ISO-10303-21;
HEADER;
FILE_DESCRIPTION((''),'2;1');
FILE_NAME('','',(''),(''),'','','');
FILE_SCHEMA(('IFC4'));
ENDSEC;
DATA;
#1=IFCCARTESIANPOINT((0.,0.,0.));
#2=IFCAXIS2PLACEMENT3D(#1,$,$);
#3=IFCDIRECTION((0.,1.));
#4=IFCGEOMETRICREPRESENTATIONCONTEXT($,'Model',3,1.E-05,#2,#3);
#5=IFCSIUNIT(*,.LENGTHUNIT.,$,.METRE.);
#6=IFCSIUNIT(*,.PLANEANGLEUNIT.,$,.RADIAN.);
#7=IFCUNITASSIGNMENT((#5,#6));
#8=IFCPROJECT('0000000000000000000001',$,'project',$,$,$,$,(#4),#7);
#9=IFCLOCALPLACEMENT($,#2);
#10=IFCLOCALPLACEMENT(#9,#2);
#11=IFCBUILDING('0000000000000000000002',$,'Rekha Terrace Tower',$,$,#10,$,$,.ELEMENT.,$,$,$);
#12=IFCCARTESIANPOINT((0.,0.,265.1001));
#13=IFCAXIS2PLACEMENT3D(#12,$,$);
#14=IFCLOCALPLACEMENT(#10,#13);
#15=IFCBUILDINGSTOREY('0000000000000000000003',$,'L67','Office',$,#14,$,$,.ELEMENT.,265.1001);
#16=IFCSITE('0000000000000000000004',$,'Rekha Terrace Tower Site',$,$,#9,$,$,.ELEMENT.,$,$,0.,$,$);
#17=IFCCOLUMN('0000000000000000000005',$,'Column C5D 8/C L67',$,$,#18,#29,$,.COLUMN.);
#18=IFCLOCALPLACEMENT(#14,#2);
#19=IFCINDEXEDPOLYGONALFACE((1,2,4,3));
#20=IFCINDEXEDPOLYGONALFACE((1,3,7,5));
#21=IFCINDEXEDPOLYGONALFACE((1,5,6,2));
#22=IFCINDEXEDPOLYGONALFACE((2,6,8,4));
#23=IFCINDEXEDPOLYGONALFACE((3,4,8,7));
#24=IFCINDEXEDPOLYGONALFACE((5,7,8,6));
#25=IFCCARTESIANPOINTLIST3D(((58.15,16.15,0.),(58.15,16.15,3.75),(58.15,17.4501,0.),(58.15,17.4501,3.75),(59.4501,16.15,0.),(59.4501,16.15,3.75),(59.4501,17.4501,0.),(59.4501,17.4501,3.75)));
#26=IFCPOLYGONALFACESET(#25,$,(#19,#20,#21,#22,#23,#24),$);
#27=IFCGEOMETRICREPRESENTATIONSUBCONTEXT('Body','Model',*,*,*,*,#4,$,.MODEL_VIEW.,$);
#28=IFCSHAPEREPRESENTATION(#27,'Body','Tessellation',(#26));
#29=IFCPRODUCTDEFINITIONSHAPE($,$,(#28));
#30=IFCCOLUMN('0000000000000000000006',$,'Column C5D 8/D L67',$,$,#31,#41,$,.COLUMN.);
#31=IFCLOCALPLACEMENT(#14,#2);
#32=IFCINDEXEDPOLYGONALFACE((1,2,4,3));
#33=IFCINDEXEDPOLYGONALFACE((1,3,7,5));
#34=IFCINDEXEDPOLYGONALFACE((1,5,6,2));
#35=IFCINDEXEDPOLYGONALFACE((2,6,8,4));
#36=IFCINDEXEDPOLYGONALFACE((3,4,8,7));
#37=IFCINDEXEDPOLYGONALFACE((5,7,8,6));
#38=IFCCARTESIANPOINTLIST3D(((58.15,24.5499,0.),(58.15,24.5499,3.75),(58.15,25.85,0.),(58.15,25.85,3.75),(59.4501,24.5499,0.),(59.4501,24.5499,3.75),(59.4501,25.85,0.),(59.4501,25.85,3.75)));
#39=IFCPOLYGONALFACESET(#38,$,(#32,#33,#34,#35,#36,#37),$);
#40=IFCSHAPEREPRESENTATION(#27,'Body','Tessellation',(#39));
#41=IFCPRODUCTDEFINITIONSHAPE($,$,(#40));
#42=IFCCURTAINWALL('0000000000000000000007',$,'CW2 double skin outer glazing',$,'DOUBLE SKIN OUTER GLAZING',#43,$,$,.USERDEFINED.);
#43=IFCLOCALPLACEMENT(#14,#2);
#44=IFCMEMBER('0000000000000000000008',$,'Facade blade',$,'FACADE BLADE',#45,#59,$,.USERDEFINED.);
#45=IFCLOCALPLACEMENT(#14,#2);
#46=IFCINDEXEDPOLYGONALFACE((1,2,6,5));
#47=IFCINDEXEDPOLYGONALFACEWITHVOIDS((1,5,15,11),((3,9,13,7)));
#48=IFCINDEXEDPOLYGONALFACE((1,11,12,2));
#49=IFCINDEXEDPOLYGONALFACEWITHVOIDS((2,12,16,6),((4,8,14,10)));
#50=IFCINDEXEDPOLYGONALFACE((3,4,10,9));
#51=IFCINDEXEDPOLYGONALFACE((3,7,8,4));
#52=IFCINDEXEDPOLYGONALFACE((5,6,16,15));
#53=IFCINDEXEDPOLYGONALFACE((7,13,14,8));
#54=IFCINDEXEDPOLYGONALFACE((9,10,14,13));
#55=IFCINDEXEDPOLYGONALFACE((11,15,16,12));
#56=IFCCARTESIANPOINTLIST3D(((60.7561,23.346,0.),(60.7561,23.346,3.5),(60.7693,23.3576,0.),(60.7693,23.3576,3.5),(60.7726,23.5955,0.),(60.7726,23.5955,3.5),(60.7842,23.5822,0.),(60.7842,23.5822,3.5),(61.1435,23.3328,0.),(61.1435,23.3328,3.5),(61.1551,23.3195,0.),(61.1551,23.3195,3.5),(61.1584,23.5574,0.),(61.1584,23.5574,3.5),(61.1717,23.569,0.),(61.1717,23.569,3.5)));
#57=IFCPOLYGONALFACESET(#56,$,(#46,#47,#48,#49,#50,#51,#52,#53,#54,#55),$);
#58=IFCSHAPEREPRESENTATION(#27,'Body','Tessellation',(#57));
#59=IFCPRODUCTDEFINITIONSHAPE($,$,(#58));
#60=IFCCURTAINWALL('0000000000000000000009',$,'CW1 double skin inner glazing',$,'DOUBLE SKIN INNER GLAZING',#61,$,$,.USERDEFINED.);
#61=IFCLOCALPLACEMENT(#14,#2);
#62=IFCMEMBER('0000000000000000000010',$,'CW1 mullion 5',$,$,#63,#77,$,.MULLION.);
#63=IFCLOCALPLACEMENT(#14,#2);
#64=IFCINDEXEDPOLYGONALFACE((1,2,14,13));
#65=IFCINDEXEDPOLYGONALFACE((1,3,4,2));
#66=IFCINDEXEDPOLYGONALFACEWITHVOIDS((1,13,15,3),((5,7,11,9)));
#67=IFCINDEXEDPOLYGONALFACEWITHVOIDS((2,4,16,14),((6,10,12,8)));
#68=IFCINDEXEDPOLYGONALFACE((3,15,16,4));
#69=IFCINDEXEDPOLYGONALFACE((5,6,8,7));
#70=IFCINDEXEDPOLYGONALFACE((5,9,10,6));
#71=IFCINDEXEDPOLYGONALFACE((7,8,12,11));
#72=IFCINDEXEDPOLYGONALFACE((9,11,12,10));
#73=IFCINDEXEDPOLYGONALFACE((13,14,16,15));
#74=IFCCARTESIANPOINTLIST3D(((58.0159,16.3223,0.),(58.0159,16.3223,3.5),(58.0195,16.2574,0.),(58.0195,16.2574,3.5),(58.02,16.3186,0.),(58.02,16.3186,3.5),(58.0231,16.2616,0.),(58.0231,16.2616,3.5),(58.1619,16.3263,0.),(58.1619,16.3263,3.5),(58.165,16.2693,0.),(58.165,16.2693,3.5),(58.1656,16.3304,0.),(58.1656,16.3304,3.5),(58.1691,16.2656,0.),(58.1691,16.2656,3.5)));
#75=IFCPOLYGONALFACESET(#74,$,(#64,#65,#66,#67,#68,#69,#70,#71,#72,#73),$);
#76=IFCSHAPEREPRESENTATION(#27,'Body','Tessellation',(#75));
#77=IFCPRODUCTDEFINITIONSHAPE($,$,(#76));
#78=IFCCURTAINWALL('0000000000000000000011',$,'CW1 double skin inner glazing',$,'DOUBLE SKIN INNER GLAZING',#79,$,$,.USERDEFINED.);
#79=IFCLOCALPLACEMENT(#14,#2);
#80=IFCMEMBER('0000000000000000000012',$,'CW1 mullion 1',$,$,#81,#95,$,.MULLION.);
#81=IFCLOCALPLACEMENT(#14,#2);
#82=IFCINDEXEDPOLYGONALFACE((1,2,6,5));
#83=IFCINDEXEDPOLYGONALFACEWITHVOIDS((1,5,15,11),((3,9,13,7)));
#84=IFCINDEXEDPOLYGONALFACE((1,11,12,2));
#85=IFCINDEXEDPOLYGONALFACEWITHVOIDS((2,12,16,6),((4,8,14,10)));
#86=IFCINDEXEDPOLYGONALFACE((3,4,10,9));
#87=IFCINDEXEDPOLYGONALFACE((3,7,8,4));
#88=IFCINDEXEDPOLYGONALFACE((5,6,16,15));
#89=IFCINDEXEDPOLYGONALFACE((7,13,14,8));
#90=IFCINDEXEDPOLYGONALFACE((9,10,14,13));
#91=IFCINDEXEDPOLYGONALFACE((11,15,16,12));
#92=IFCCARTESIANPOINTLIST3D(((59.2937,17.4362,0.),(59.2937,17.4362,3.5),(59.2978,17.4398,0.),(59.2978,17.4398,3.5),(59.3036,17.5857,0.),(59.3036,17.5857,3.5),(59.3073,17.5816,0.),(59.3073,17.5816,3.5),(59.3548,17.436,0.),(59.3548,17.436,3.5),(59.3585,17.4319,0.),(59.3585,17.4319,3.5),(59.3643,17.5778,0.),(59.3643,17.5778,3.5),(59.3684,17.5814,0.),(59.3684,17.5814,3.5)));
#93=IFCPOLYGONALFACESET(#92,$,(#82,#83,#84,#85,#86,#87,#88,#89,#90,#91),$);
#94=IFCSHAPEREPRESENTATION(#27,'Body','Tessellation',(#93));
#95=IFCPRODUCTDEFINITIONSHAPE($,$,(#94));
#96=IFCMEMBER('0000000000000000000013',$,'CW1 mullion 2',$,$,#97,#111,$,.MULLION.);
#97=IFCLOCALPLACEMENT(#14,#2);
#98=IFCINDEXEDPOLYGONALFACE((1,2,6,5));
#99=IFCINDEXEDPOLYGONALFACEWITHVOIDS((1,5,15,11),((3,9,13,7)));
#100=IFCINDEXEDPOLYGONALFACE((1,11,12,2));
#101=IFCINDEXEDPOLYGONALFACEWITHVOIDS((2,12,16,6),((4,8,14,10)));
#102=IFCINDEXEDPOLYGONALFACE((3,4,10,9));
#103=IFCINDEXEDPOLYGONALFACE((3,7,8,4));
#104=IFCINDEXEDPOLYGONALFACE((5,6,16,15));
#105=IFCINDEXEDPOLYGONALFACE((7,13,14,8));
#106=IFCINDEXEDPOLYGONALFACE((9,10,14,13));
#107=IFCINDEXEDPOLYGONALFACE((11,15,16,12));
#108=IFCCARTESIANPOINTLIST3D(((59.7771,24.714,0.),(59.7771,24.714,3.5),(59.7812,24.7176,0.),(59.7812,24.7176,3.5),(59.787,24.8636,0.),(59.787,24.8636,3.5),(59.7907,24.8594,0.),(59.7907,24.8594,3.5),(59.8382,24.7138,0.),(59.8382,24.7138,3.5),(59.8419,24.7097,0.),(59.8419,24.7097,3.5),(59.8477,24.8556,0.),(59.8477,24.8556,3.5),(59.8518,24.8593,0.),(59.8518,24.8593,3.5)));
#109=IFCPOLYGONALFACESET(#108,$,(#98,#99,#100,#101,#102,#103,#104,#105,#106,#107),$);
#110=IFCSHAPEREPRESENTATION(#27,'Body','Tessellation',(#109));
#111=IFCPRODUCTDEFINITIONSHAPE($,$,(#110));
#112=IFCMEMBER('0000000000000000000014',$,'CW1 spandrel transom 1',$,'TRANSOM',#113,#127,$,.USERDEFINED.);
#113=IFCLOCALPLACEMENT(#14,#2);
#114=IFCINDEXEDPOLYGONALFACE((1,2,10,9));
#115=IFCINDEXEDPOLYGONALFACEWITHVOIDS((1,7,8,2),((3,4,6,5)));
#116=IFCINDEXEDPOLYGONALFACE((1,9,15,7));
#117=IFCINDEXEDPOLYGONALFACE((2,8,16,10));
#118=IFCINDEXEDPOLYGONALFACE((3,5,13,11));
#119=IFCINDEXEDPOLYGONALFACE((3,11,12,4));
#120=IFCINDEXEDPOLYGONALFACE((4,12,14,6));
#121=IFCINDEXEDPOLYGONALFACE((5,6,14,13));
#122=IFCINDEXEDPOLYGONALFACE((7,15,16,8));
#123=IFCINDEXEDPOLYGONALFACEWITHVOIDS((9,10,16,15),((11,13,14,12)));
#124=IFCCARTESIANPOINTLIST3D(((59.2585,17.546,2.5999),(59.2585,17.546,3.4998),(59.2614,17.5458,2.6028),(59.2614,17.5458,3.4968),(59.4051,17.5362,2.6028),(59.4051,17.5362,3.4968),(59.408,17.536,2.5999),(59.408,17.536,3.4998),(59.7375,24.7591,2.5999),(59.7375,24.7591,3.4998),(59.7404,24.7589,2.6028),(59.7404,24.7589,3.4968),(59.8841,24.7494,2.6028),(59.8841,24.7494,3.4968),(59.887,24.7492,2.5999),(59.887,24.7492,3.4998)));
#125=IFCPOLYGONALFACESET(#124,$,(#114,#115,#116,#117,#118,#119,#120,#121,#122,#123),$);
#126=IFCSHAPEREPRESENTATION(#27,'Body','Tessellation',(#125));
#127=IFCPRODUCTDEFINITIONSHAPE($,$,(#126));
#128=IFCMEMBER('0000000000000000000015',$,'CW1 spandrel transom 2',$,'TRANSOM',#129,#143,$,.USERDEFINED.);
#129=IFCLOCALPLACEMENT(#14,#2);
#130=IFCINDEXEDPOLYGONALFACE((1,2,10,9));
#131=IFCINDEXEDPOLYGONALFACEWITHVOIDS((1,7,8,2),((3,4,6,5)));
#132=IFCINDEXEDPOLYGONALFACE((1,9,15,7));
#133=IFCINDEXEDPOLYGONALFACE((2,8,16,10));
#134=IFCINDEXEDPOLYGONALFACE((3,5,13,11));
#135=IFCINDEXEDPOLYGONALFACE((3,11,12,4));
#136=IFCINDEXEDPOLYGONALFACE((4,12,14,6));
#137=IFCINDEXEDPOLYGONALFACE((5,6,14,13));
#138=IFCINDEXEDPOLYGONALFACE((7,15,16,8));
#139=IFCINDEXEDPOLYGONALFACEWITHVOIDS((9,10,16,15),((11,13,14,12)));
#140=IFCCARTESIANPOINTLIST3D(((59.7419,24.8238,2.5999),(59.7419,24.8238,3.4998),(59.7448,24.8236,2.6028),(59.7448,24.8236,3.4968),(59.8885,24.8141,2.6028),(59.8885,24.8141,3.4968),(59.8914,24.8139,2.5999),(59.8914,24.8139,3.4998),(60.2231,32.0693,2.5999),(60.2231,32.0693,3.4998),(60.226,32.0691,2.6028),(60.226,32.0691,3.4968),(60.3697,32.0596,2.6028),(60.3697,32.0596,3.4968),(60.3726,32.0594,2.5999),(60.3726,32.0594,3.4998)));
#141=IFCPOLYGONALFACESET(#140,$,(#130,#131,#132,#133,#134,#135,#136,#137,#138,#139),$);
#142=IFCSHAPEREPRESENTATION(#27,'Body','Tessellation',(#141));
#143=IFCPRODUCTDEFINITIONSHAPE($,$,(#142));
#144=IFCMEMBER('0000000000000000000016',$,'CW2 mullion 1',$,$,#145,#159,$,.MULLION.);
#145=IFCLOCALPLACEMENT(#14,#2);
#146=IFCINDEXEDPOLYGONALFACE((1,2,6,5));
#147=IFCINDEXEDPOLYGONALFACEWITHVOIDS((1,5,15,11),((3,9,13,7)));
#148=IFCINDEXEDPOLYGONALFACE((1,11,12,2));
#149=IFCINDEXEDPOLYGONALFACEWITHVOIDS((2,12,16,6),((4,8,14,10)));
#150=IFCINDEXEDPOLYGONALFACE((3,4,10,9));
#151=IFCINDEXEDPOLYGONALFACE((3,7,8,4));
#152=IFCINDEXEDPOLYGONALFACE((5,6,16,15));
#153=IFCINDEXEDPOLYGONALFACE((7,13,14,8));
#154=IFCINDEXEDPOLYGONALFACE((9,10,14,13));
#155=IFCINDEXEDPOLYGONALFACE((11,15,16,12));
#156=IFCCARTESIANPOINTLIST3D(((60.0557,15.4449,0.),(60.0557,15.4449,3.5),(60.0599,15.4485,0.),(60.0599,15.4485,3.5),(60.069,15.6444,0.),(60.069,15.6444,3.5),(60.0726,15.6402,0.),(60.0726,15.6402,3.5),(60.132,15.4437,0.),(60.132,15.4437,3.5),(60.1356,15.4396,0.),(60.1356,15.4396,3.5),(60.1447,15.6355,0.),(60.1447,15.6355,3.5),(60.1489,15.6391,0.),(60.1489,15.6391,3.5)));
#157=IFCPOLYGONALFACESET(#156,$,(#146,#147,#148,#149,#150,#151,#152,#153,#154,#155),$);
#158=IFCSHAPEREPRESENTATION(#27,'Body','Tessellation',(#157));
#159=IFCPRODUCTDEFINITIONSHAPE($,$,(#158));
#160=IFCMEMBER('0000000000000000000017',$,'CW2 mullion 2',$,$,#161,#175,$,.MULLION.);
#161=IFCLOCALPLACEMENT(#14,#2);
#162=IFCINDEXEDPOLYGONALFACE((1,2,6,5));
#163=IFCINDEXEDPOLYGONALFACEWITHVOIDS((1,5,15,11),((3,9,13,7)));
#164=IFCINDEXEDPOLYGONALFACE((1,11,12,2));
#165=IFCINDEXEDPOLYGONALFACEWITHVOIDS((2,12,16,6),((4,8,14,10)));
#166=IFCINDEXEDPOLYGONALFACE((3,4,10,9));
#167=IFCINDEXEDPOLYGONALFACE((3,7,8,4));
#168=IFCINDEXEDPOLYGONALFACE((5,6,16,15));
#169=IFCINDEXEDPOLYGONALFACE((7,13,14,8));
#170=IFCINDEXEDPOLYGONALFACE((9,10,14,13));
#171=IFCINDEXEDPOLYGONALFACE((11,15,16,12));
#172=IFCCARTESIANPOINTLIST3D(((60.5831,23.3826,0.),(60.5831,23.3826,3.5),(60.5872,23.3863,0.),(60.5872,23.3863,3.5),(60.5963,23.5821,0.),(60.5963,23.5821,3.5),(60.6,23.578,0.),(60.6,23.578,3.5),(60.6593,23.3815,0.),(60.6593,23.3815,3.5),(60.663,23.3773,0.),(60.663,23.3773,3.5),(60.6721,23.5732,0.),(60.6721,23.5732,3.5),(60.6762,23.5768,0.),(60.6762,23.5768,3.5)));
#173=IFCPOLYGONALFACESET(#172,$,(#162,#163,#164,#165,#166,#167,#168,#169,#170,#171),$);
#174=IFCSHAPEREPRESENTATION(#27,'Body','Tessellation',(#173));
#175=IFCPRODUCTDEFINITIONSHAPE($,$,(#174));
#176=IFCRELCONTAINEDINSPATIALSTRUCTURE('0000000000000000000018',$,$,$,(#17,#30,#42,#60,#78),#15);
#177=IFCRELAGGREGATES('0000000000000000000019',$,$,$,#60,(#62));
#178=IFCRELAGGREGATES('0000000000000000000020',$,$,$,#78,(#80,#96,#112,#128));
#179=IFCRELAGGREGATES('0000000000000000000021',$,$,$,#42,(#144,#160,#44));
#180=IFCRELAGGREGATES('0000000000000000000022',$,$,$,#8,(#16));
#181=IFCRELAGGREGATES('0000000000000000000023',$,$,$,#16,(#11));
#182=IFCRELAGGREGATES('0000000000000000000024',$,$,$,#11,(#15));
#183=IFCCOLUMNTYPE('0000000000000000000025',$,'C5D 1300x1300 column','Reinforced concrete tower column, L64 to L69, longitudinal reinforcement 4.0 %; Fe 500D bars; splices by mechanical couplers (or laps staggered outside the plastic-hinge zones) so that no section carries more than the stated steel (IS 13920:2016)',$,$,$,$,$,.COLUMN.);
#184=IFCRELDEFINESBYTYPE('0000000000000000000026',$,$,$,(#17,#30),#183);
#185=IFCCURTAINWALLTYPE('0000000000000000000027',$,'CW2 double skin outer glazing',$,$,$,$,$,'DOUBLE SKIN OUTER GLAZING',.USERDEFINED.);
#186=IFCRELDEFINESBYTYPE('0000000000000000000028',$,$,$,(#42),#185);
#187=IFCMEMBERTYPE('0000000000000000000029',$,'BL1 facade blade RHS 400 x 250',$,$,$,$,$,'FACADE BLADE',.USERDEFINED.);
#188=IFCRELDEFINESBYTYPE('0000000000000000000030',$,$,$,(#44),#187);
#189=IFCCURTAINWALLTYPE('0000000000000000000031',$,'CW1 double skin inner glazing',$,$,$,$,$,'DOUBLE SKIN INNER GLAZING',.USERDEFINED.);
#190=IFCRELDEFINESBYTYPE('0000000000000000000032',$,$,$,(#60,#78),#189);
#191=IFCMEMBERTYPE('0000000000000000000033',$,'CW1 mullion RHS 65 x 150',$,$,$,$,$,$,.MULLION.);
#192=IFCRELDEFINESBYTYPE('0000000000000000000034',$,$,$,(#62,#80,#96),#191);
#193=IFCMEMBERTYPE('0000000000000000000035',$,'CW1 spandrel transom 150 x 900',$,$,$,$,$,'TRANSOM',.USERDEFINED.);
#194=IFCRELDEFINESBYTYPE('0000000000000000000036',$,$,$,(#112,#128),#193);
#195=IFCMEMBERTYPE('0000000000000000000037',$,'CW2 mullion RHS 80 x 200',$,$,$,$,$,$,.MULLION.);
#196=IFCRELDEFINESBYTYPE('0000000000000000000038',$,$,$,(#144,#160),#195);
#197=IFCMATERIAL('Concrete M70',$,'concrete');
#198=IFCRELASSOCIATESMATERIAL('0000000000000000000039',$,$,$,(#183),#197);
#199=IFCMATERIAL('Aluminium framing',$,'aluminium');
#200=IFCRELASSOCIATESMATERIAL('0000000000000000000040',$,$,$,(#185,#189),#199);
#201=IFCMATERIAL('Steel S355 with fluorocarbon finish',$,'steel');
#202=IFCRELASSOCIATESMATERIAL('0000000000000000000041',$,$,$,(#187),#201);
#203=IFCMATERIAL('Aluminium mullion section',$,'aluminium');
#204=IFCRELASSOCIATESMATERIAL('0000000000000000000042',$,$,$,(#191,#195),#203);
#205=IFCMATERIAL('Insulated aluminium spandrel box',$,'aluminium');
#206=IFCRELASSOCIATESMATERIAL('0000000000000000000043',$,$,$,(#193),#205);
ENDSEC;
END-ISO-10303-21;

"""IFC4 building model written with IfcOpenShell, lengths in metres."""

from ifc_helpers import new_model, si_unit, direction, frame, origin, origin_2d, place, context, subcontext, project, spatial, rectangle, hollow_rectangle, extrude, material, material_profile, profile_set, type_object, element, aggregate, save


model = new_model("IFC4")

# Units and contexts
model_context = context("Model", 3, precision=1e-05, world=origin(), true_north=direction((0.0, 1.0)))
body_context = subcontext(model_context, "Body", "Model", "MODEL_VIEW")
ifc_project = project(units=[si_unit("LENGTHUNIT", "METRE"), si_unit("PLANEANGLEUNIT", "RADIAN")], contexts=[model_context])

# Site, building, storey
site_placement = place(None, origin())
site = spatial("IfcSite", under=ifc_project, at=site_placement, Name="Rekha Terrace Tower Site", CompositionType="ELEMENT", RefElevation=0.0)
building_placement = place(site_placement, origin())
building = spatial("IfcBuilding", under=site, at=building_placement, Name="Rekha Terrace Tower", CompositionType="ELEMENT")
storey_placement = place(building_placement, frame((0.0, 0.0, 265.1001)))
storey = spatial("IfcBuildingStorey", under=building, at=storey_placement, Name="L67", Description="Office", CompositionType="ELEMENT", Elevation=265.1001)

# Columns
ifc_material_1 = material(Name="Concrete M70", Category="concrete")
ifc_material_profile_1 = material_profile(ifc_material_1, rectangle(XDim=1.3, YDim=1.3, at=origin_2d()), Name="RC 1300x1300")
ifc_profile_set_1 = profile_set([ifc_material_profile_1], Name="Concrete M70")
column_type = type_object("IfcColumnType", Name="C5D 1300x1300 column", Description="Reinforced concrete tower column, L64 to L69, longitudinal reinforcement 4.0 %; Fe 500D bars; splices by mechanical couplers (or laps staggered outside the plastic-hinge zones) so that no section carries more than the stated steel (IS 13920:2016)", PredefinedType="COLUMN", material=ifc_profile_set_1)
for number, where, z_axis, x_axis, name in (
    (1, (58.8, 16.8, 0.0), (0.0, 0.0, 1.0), (1.0, 0.0, 0.0), "Column C5D 8/C L67"),
    (2, (58.8, 25.2, 0.0), (0.0, 0.0, 1.0), (1.0, 0.0, 0.0), "Column C5D 8/D L67"),
):
    element("IfcColumn", number, at=place(storey_placement, frame(where, z_axis=z_axis, x_axis=x_axis)), inside=storey, type_object=column_type, Name=name, PredefinedType="COLUMN", context=body_context, shape_type="SweptSolid", body=[
        extrude(rectangle(XDim=1.3, YDim=1.3, at=origin_2d()), origin(), (0.0, 0.0, 1.0), 3.75),
    ])

# Curtain walls, members
ifc_material_2 = material(Name="Aluminium framing", Category="aluminium")
curtain_wall_type_1 = type_object("IfcCurtainWallType", Name="CW2 double skin outer glazing", ElementType="DOUBLE SKIN OUTER GLAZING", PredefinedType="USERDEFINED", material=ifc_material_2)
curtain_wall_1_placement = place(storey_placement, origin())
curtain_wall_1 = element("IfcCurtainWall", 3, at=curtain_wall_1_placement, inside=storey, type_object=curtain_wall_type_1, Name="CW2 double skin outer glazing", ObjectType="DOUBLE SKIN OUTER GLAZING", PredefinedType="USERDEFINED")
ifc_material_3 = material(Name="Steel S355 with fluorocarbon finish", Category="steel")
ifc_material_profile_2 = material_profile(ifc_material_3, hollow_rectangle(XDim=0.25, YDim=0.3999, WallThickness=0.0125, at=origin_2d()), Name="RHS400x250x12.5")
ifc_profile_set_2 = profile_set([ifc_material_profile_2], Name="Steel S355 with fluorocarbon finish")
member_type_1 = type_object("IfcMemberType", Name="BL1 facade blade RHS 400 x 250", ElementType="FACADE BLADE", PredefinedType="USERDEFINED", material=ifc_profile_set_2)
member_1_placement = place(storey_placement, frame((60.9639, 23.4575, 0.0), z_axis=(0.0, 0.0, 1.0), x_axis=(0.066272, 0.997802, 0.0)))
member_1 = element("IfcMember", 4, at=member_1_placement, type_object=member_type_1, Name="Facade blade", ObjectType="FACADE BLADE", PredefinedType="USERDEFINED", context=body_context, shape_type="SweptSolid", body=[
    extrude(hollow_rectangle(XDim=0.25, YDim=0.3999, WallThickness=0.0125, at=origin_2d()), origin(), (0.0, 0.0, 1.0), 3.5),
])
curtain_wall_type_2 = type_object("IfcCurtainWallType", Name="CW1 double skin inner glazing", ElementType="DOUBLE SKIN INNER GLAZING", PredefinedType="USERDEFINED", material=ifc_material_2)
curtain_wall_2_placement = place(storey_placement, origin())
curtain_wall_2 = element("IfcCurtainWall", 5, at=curtain_wall_2_placement, inside=storey, type_object=curtain_wall_type_2, Name="CW1 double skin inner glazing", ObjectType="DOUBLE SKIN INNER GLAZING", PredefinedType="USERDEFINED")
ifc_material_4 = material(Name="Aluminium mullion section", Category="aluminium")
ifc_material_profile_3 = material_profile(ifc_material_4, hollow_rectangle(XDim=0.0649, YDim=0.1499, WallThickness=0.0039, at=origin_2d()), Name="AL RHS 65x150")
ifc_profile_set_3 = profile_set([ifc_material_profile_3], Name="Aluminium mullion section")
member_type_2 = type_object("IfcMemberType", Name="CW1 mullion RHS 65 x 150", PredefinedType="MULLION", material=ifc_profile_set_3)
member_2_placement = place(storey_placement, frame((58.0925, 16.2939, 0.0), z_axis=(0.0, 0.0, 1.0), x_axis=(-0.054389, 0.99852, 0.0)))
member_2 = element("IfcMember", 6, at=member_2_placement, type_object=member_type_2, Name="CW1 mullion 5", PredefinedType="MULLION", context=body_context, shape_type="SweptSolid", body=[
    extrude(hollow_rectangle(XDim=0.0649, YDim=0.1499, WallThickness=0.0039, at=origin_2d()), origin(), (0.0, 0.0, 1.0), 3.5),
])

# Curtain wall, members
curtain_wall_3_placement = place(storey_placement, origin())
curtain_wall_3 = element("IfcCurtainWall", 7, at=curtain_wall_3_placement, inside=storey, type_object=curtain_wall_type_2, Name="CW1 double skin inner glazing", ObjectType="DOUBLE SKIN INNER GLAZING", PredefinedType="USERDEFINED")
member_3_placement = place(storey_placement, frame((59.3311, 17.5088, 0.0), z_axis=(0.0, 0.0, 1.0), x_axis=(-0.997802, 0.066272, 0.0)))
member_3 = element("IfcMember", 8, at=member_3_placement, type_object=member_type_2, Name="CW1 mullion 1", PredefinedType="MULLION", context=body_context, shape_type="SweptSolid", body=[
    extrude(hollow_rectangle(XDim=0.0649, YDim=0.1499, WallThickness=0.0039, at=origin_2d()), origin(), (0.0, 0.0, 1.0), 3.5),
])
member_4_placement = place(storey_placement, frame((59.8145, 24.7866, 0.0), z_axis=(0.0, 0.0, 1.0), x_axis=(-0.997802, 0.066272, 0.0)))
member_4 = element("IfcMember", 9, at=member_4_placement, type_object=member_type_2, Name="CW1 mullion 2", PredefinedType="MULLION", context=body_context, shape_type="SweptSolid", body=[
    extrude(hollow_rectangle(XDim=0.0649, YDim=0.1499, WallThickness=0.0039, at=origin_2d()), origin(), (0.0, 0.0, 1.0), 3.5),
])
ifc_material_5 = material(Name="Insulated aluminium spandrel box", Category="aluminium")
ifc_material_profile_4 = material_profile(ifc_material_5, hollow_rectangle(XDim=0.1499, YDim=0.8999, WallThickness=0.0029, at=origin_2d()), Name="AL SPANDREL BOX 150x900")
ifc_profile_set_4 = profile_set([ifc_material_profile_4], Name="Insulated aluminium spandrel box")
member_type_3 = type_object("IfcMemberType", Name="CW1 spandrel transom 150 x 900", ElementType="TRANSOM", PredefinedType="USERDEFINED", material=ifc_profile_set_4)
member_5_placement = place(storey_placement, frame((59.3333, 17.541, 3.0498), z_axis=(0.066261, 0.997802, 0.0), x_axis=(-0.997802, 0.066261, 0.0)))
member_5 = element("IfcMember", 10, at=member_5_placement, type_object=member_type_3, Name="CW1 spandrel transom 1", ObjectType="TRANSOM", PredefinedType="USERDEFINED", context=body_context, shape_type="SweptSolid", body=[
    extrude(hollow_rectangle(XDim=0.1499, YDim=0.8999, WallThickness=0.0029, at=origin_2d()), origin(), (0.0, 0.0, 1.0), 7.229),
])
member_6_placement = place(storey_placement, frame((59.8167, 24.8188, 3.0498), z_axis=(0.066267, 0.997802, 0.0), x_axis=(-0.997802, 0.066267, 0.0)))
member_6 = element("IfcMember", 11, at=member_6_placement, type_object=member_type_3, Name="CW1 spandrel transom 2", ObjectType="TRANSOM", PredefinedType="USERDEFINED", context=body_context, shape_type="SweptSolid", body=[
    extrude(hollow_rectangle(XDim=0.1499, YDim=0.8999, WallThickness=0.0029, at=origin_2d()), origin(), (0.0, 0.0, 1.0), 7.2615),
])

# Members
ifc_material_profile_5 = material_profile(ifc_material_4, hollow_rectangle(XDim=0.0801, YDim=0.2, WallThickness=0.0039, at=origin_2d()), Name="AL RHS 80x200")
ifc_profile_set_5 = profile_set([ifc_material_profile_5], Name="Aluminium mullion section")
member_type_4 = type_object("IfcMemberType", Name="CW2 mullion RHS 80 x 200", PredefinedType="MULLION", material=ifc_profile_set_5)
member_7_placement = place(storey_placement, frame((60.1023, 15.542, 0.0), z_axis=(0.0, 0.0, 1.0), x_axis=(-0.997802, 0.066272, 0.0)))
member_7 = element("IfcMember", 12, at=member_7_placement, type_object=member_type_4, Name="CW2 mullion 1", PredefinedType="MULLION", context=body_context, shape_type="SweptSolid", body=[
    extrude(hollow_rectangle(XDim=0.0801, YDim=0.2, WallThickness=0.0039, at=origin_2d()), origin(), (0.0, 0.0, 1.0), 3.5),
])
member_8_placement = place(storey_placement, frame((60.6296, 23.4797, 0.0), z_axis=(0.0, 0.0, 1.0), x_axis=(-0.997802, 0.066272, 0.0)))
member_8 = element("IfcMember", 13, at=member_8_placement, type_object=member_type_4, Name="CW2 mullion 2", PredefinedType="MULLION", context=body_context, shape_type="SweptSolid", body=[
    extrude(hollow_rectangle(XDim=0.0801, YDim=0.2, WallThickness=0.0039, at=origin_2d()), origin(), (0.0, 0.0, 1.0), 3.5),
])

aggregate(curtain_wall_2, [member_2])
aggregate(curtain_wall_3, [member_3, member_4, member_5, member_6])

aggregate(curtain_wall_1, [member_7, member_8, member_1])

save(model, "model.ifc")
